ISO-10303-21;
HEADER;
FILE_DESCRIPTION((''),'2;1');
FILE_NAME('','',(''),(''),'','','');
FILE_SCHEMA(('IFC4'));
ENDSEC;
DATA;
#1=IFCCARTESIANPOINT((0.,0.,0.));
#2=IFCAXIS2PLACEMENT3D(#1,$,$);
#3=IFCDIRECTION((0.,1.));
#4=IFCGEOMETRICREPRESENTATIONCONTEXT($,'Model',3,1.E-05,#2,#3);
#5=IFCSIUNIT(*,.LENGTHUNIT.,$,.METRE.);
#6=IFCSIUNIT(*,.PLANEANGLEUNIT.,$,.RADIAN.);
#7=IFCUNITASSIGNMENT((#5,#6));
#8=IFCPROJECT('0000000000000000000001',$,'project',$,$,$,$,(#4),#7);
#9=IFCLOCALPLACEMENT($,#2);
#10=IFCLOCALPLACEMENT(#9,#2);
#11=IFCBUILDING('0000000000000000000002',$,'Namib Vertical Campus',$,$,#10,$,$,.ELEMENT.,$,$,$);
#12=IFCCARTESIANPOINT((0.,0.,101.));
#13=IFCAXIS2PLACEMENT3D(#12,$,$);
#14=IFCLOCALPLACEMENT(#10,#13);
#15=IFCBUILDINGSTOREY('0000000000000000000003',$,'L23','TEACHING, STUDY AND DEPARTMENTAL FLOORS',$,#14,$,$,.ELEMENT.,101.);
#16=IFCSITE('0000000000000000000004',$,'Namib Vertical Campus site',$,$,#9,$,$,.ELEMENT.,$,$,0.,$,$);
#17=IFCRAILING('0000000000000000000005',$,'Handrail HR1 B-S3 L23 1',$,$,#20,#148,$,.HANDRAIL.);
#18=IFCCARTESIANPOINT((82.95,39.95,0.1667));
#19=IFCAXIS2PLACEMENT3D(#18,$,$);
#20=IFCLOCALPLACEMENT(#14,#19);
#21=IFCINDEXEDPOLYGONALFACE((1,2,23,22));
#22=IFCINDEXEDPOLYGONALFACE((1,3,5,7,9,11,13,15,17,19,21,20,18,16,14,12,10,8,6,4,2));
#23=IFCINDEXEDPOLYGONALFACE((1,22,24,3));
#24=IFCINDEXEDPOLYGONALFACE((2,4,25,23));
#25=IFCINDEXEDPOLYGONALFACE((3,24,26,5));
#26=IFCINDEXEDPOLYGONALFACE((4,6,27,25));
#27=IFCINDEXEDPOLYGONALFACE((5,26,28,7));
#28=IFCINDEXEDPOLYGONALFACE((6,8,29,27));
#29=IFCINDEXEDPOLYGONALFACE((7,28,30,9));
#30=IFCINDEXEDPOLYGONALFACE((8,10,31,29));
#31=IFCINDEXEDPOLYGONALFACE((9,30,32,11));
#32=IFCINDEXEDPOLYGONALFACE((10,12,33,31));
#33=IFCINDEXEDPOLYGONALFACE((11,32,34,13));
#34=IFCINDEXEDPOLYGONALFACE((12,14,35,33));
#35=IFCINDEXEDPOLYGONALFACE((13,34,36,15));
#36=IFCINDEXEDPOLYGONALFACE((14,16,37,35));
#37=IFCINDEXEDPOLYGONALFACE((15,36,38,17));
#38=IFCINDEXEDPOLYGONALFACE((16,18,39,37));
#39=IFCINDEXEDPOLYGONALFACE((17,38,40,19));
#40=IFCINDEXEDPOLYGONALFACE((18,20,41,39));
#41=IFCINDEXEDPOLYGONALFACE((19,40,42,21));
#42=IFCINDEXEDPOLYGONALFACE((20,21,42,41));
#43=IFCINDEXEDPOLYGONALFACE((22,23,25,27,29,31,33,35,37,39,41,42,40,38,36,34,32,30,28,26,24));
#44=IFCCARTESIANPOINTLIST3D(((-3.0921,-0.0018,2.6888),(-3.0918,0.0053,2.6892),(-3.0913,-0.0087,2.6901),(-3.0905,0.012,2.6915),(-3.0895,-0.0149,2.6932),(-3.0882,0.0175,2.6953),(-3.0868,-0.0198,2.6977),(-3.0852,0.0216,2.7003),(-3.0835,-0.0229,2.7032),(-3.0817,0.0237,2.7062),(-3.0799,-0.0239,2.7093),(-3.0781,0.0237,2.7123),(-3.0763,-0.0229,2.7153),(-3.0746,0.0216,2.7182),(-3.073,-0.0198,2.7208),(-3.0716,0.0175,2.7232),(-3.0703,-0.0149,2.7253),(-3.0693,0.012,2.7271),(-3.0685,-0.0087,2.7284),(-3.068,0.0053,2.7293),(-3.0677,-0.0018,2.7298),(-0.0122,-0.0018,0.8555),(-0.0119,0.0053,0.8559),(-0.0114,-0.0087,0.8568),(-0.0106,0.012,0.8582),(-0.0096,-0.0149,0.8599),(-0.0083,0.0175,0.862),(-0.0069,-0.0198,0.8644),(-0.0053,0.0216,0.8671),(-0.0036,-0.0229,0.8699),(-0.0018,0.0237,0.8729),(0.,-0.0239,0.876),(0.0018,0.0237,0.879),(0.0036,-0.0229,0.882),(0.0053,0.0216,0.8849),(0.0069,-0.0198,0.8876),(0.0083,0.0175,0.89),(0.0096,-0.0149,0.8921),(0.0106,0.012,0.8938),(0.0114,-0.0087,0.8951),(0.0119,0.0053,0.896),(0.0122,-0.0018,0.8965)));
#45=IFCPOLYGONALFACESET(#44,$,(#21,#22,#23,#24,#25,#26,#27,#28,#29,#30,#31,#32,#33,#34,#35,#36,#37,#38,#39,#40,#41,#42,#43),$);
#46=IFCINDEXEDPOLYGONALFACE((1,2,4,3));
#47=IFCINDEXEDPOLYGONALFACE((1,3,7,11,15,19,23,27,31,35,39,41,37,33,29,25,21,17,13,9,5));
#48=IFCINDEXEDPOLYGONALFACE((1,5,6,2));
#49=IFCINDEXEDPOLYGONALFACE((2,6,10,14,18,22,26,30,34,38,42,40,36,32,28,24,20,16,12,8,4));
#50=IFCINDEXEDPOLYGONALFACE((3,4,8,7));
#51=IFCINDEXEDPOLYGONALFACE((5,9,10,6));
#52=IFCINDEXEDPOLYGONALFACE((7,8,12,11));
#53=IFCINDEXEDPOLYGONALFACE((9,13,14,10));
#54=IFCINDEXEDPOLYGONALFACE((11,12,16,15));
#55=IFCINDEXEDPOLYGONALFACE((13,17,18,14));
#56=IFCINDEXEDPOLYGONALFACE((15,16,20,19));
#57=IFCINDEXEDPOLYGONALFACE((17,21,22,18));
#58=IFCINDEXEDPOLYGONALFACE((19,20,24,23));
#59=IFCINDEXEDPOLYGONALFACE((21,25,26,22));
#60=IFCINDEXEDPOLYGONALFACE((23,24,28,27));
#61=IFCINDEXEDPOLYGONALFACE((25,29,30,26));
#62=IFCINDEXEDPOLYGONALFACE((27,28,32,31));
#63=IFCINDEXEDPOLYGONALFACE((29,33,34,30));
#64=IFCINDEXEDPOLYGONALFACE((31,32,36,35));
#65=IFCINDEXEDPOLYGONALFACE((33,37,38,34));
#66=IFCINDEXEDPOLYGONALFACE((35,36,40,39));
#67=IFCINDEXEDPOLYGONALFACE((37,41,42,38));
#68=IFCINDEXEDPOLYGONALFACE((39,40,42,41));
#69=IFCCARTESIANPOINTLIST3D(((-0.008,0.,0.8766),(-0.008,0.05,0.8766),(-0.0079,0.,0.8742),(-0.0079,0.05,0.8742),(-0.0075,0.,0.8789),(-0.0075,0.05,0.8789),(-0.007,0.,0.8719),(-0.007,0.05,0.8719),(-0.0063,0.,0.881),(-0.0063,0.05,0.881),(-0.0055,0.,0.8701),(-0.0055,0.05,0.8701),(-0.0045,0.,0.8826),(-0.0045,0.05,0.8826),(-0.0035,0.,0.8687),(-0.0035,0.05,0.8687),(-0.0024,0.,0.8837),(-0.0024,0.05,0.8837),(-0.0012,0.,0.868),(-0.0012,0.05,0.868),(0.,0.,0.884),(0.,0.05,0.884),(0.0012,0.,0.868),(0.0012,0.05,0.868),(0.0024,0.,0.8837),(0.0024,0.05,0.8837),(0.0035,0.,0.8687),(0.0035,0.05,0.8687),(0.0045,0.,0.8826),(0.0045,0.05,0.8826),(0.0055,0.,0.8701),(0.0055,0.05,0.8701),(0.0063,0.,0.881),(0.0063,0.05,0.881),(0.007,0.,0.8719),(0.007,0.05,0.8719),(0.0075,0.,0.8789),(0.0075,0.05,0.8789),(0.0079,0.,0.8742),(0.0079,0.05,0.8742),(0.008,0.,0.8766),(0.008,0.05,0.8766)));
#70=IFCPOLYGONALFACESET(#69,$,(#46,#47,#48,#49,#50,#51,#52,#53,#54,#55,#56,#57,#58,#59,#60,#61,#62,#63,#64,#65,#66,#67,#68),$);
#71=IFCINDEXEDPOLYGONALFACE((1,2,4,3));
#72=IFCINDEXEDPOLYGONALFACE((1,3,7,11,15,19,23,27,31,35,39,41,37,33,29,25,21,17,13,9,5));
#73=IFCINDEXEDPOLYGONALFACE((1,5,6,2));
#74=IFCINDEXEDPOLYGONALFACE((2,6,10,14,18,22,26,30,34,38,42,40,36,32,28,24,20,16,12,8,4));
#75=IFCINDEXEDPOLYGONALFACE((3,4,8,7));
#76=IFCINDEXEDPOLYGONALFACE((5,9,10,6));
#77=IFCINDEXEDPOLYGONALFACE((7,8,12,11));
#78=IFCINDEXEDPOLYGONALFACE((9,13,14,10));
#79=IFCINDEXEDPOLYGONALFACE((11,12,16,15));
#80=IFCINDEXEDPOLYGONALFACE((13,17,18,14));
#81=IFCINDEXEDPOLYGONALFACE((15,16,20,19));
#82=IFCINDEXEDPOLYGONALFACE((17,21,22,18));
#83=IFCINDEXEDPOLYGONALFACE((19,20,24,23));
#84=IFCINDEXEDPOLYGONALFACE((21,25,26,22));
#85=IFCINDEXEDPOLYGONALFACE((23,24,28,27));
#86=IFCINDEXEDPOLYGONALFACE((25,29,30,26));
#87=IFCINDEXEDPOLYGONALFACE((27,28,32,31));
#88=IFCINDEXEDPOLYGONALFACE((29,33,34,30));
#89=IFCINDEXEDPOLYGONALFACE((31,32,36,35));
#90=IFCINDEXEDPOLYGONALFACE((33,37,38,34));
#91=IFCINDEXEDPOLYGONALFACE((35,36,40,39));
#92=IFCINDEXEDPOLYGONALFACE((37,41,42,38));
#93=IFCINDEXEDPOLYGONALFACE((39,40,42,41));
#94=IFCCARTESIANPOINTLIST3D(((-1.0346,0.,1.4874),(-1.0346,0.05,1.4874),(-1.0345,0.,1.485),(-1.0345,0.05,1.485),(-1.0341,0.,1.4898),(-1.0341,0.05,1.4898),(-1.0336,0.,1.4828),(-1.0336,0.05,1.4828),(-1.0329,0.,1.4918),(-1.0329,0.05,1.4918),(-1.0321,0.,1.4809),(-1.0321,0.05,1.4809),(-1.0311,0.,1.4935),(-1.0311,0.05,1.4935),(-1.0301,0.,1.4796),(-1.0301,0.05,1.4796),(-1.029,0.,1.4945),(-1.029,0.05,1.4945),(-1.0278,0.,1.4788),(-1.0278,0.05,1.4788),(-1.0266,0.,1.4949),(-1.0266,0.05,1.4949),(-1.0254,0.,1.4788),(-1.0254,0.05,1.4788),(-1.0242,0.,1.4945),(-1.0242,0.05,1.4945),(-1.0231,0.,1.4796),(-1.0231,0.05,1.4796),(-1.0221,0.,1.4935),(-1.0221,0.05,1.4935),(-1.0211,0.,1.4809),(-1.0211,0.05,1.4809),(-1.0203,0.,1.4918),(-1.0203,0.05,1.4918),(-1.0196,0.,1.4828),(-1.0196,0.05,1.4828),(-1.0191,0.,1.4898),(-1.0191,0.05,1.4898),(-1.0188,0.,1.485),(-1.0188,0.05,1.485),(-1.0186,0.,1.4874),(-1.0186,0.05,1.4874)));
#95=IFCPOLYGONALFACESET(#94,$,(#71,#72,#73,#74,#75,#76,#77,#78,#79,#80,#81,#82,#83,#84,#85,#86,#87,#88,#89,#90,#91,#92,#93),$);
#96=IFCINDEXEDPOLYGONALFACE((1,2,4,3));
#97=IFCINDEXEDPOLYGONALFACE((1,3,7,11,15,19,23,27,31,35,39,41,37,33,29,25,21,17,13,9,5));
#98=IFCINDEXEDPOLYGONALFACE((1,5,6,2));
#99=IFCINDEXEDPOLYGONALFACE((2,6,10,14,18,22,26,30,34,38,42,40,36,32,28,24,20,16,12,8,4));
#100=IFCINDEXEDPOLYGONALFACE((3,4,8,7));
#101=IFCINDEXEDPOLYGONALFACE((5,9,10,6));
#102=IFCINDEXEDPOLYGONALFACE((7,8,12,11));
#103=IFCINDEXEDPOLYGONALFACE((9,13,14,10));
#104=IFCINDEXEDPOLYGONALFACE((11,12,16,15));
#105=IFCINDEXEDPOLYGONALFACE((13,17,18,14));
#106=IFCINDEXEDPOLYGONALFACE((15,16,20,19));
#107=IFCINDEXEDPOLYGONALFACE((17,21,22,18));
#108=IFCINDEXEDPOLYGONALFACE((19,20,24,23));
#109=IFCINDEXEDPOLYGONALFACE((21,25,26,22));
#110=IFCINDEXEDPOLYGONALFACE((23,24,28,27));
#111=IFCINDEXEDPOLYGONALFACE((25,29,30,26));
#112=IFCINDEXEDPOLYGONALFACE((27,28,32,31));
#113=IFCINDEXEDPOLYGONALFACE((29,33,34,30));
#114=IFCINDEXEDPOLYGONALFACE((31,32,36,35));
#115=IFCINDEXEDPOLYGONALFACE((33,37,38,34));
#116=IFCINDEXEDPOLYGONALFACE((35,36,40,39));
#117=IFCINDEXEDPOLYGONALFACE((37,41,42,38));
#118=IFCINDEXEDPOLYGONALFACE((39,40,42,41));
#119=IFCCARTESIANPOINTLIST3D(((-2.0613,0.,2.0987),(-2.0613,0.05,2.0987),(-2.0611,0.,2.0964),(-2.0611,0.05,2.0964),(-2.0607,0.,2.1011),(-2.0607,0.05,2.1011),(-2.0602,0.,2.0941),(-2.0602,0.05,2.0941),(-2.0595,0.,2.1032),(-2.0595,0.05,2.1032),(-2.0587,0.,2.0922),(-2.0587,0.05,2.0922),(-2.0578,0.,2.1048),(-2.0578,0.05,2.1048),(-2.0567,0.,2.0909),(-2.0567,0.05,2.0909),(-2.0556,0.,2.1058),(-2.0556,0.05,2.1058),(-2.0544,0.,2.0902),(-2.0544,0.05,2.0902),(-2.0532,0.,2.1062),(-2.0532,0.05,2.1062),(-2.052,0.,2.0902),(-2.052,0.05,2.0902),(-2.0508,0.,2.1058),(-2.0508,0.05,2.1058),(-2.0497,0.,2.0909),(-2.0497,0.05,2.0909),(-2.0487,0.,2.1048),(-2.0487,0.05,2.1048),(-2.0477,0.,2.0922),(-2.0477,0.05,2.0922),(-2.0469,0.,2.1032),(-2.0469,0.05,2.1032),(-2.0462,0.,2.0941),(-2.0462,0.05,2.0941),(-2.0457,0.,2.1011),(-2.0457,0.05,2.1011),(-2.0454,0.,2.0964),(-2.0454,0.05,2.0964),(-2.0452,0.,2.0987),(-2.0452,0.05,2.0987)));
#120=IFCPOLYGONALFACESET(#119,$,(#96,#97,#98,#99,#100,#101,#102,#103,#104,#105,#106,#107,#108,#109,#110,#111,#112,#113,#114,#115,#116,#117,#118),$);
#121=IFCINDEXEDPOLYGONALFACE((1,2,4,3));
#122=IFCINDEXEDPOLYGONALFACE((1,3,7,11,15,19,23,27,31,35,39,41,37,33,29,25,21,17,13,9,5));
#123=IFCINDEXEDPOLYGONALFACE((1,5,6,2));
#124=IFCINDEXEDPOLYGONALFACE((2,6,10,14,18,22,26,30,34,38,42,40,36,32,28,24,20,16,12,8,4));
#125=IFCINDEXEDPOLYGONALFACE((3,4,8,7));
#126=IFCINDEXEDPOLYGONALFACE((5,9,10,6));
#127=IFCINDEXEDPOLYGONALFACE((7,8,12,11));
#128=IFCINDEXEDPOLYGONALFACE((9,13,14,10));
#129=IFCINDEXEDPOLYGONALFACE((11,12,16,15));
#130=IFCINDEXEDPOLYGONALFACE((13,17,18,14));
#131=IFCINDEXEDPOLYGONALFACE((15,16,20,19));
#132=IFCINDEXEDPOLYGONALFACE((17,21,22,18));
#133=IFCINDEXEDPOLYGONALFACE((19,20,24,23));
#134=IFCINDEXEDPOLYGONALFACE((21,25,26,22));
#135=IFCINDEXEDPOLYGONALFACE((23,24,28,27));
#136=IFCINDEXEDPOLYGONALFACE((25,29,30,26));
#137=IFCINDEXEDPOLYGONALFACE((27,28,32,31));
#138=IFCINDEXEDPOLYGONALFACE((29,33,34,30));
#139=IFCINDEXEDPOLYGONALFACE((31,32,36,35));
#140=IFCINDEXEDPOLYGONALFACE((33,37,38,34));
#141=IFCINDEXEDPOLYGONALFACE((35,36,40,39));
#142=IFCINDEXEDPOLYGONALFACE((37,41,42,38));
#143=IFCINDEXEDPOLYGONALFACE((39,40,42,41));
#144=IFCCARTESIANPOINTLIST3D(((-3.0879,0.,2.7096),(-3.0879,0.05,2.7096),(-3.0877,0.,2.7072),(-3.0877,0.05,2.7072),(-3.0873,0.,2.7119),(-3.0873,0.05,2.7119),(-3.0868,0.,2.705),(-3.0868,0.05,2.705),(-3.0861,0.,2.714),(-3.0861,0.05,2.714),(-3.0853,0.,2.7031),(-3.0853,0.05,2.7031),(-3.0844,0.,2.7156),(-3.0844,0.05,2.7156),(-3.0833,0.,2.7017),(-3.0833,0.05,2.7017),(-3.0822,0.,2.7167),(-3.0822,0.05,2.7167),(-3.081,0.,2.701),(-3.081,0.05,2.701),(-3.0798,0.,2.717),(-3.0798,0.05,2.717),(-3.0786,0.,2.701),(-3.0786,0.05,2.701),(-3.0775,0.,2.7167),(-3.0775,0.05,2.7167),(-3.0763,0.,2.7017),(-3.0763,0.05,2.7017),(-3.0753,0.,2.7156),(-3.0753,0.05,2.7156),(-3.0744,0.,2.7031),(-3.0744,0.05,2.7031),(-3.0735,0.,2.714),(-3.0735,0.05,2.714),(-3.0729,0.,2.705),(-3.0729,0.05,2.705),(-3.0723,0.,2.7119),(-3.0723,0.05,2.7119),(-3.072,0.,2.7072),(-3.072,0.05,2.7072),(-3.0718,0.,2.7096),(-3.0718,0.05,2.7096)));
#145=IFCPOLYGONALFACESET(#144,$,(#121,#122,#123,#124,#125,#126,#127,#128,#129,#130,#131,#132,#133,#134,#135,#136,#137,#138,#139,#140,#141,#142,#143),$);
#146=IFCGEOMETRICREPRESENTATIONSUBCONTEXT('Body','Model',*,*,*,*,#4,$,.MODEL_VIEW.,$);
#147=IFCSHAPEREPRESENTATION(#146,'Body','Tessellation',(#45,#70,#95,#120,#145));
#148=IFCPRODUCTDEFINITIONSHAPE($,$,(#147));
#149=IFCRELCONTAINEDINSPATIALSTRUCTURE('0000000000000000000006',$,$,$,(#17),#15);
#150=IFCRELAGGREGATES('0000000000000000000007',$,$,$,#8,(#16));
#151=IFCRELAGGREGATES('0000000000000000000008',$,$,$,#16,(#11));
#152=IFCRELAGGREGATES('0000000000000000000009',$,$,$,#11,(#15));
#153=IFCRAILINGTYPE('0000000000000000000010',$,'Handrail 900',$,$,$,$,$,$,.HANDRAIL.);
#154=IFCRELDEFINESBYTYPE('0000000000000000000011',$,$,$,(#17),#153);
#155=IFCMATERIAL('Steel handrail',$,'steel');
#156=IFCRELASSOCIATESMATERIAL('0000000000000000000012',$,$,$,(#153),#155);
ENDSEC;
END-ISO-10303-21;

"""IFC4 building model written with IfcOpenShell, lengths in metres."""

from ifc_helpers import new_model, si_unit, direction, frame, origin, origin_2d, place, context, subcontext, project, spatial, circle, extrude, material, type_object, element, save


model = new_model("IFC4")

# Units and contexts
model_context = context("Model", 3, precision=1e-05, world=origin(), true_north=direction((0.0, 1.0)))
body_context = subcontext(model_context, "Body", "Model", "MODEL_VIEW")
ifc_project = project(units=[si_unit("LENGTHUNIT", "METRE"), si_unit("PLANEANGLEUNIT", "RADIAN")], contexts=[model_context])

# Site, building, storey
site_placement = place(None, origin())
site = spatial("IfcSite", under=ifc_project, at=site_placement, Name="Namib Vertical Campus site", CompositionType="ELEMENT", RefElevation=0.0)
building_placement = place(site_placement, origin())
building = spatial("IfcBuilding", under=site, at=building_placement, Name="Namib Vertical Campus", CompositionType="ELEMENT")
storey_placement = place(building_placement, frame((0.0, 0.0, 101.0)))
storey = spatial("IfcBuildingStorey", under=building, at=storey_placement, Name="L23", Description="TEACHING, STUDY AND DEPARTMENTAL FLOORS", CompositionType="ELEMENT", Elevation=101.0)

# Railing
ifc_material_1 = material(Name="Steel handrail", Category="steel")
railing_type_1 = type_object("IfcRailingType", Name="Handrail 900", PredefinedType="HANDRAIL", material=ifc_material_1)
railing_1_placement = place(storey_placement, frame((82.95, 39.95, 0.1667)))
element("IfcRailing", 1, at=railing_1_placement, inside=storey, type_object=railing_type_1, Name="Handrail HR1 B-S3 L23 1", PredefinedType="HANDRAIL", context=body_context, shape_type="SweptSolid", body=[
    extrude(circle(Radius=0.0239, at=origin_2d()), frame((0.0, 0.0, 0.876), z_axis=(-0.859291, 0.0, 0.511487), x_axis=(0.0, -1.0, 0.0)), (0.0, 0.0, 1.0), 3.5842),
    extrude(circle(Radius=0.0081, at=origin_2d()), frame((0.0, 0.0, 0.876), z_axis=(0.0, 1.0, 0.0), x_axis=(0.0, 0.0, 1.0)), (0.0, 0.0, 1.0), 0.05),
    extrude(circle(Radius=0.0081, at=origin_2d()), frame((-1.0266, 0.0, 1.4868), z_axis=(0.0, 1.0, 0.0), x_axis=(0.0, 0.0, 1.0)), (0.0, 0.0, 1.0), 0.05),
    extrude(circle(Radius=0.0081, at=origin_2d()), frame((-2.0532, 0.0, 2.0981), z_axis=(0.0, 1.0, 0.0), x_axis=(0.0, 0.0, 1.0)), (0.0, 0.0, 1.0), 0.05),
    extrude(circle(Radius=0.0081, at=origin_2d()), frame((-3.0798, 0.0, 2.709), z_axis=(0.0, 1.0, 0.0), x_axis=(0.0, 0.0, 1.0)), (0.0, 0.0, 1.0), 0.05),
])

save(model, "model.ifc")
